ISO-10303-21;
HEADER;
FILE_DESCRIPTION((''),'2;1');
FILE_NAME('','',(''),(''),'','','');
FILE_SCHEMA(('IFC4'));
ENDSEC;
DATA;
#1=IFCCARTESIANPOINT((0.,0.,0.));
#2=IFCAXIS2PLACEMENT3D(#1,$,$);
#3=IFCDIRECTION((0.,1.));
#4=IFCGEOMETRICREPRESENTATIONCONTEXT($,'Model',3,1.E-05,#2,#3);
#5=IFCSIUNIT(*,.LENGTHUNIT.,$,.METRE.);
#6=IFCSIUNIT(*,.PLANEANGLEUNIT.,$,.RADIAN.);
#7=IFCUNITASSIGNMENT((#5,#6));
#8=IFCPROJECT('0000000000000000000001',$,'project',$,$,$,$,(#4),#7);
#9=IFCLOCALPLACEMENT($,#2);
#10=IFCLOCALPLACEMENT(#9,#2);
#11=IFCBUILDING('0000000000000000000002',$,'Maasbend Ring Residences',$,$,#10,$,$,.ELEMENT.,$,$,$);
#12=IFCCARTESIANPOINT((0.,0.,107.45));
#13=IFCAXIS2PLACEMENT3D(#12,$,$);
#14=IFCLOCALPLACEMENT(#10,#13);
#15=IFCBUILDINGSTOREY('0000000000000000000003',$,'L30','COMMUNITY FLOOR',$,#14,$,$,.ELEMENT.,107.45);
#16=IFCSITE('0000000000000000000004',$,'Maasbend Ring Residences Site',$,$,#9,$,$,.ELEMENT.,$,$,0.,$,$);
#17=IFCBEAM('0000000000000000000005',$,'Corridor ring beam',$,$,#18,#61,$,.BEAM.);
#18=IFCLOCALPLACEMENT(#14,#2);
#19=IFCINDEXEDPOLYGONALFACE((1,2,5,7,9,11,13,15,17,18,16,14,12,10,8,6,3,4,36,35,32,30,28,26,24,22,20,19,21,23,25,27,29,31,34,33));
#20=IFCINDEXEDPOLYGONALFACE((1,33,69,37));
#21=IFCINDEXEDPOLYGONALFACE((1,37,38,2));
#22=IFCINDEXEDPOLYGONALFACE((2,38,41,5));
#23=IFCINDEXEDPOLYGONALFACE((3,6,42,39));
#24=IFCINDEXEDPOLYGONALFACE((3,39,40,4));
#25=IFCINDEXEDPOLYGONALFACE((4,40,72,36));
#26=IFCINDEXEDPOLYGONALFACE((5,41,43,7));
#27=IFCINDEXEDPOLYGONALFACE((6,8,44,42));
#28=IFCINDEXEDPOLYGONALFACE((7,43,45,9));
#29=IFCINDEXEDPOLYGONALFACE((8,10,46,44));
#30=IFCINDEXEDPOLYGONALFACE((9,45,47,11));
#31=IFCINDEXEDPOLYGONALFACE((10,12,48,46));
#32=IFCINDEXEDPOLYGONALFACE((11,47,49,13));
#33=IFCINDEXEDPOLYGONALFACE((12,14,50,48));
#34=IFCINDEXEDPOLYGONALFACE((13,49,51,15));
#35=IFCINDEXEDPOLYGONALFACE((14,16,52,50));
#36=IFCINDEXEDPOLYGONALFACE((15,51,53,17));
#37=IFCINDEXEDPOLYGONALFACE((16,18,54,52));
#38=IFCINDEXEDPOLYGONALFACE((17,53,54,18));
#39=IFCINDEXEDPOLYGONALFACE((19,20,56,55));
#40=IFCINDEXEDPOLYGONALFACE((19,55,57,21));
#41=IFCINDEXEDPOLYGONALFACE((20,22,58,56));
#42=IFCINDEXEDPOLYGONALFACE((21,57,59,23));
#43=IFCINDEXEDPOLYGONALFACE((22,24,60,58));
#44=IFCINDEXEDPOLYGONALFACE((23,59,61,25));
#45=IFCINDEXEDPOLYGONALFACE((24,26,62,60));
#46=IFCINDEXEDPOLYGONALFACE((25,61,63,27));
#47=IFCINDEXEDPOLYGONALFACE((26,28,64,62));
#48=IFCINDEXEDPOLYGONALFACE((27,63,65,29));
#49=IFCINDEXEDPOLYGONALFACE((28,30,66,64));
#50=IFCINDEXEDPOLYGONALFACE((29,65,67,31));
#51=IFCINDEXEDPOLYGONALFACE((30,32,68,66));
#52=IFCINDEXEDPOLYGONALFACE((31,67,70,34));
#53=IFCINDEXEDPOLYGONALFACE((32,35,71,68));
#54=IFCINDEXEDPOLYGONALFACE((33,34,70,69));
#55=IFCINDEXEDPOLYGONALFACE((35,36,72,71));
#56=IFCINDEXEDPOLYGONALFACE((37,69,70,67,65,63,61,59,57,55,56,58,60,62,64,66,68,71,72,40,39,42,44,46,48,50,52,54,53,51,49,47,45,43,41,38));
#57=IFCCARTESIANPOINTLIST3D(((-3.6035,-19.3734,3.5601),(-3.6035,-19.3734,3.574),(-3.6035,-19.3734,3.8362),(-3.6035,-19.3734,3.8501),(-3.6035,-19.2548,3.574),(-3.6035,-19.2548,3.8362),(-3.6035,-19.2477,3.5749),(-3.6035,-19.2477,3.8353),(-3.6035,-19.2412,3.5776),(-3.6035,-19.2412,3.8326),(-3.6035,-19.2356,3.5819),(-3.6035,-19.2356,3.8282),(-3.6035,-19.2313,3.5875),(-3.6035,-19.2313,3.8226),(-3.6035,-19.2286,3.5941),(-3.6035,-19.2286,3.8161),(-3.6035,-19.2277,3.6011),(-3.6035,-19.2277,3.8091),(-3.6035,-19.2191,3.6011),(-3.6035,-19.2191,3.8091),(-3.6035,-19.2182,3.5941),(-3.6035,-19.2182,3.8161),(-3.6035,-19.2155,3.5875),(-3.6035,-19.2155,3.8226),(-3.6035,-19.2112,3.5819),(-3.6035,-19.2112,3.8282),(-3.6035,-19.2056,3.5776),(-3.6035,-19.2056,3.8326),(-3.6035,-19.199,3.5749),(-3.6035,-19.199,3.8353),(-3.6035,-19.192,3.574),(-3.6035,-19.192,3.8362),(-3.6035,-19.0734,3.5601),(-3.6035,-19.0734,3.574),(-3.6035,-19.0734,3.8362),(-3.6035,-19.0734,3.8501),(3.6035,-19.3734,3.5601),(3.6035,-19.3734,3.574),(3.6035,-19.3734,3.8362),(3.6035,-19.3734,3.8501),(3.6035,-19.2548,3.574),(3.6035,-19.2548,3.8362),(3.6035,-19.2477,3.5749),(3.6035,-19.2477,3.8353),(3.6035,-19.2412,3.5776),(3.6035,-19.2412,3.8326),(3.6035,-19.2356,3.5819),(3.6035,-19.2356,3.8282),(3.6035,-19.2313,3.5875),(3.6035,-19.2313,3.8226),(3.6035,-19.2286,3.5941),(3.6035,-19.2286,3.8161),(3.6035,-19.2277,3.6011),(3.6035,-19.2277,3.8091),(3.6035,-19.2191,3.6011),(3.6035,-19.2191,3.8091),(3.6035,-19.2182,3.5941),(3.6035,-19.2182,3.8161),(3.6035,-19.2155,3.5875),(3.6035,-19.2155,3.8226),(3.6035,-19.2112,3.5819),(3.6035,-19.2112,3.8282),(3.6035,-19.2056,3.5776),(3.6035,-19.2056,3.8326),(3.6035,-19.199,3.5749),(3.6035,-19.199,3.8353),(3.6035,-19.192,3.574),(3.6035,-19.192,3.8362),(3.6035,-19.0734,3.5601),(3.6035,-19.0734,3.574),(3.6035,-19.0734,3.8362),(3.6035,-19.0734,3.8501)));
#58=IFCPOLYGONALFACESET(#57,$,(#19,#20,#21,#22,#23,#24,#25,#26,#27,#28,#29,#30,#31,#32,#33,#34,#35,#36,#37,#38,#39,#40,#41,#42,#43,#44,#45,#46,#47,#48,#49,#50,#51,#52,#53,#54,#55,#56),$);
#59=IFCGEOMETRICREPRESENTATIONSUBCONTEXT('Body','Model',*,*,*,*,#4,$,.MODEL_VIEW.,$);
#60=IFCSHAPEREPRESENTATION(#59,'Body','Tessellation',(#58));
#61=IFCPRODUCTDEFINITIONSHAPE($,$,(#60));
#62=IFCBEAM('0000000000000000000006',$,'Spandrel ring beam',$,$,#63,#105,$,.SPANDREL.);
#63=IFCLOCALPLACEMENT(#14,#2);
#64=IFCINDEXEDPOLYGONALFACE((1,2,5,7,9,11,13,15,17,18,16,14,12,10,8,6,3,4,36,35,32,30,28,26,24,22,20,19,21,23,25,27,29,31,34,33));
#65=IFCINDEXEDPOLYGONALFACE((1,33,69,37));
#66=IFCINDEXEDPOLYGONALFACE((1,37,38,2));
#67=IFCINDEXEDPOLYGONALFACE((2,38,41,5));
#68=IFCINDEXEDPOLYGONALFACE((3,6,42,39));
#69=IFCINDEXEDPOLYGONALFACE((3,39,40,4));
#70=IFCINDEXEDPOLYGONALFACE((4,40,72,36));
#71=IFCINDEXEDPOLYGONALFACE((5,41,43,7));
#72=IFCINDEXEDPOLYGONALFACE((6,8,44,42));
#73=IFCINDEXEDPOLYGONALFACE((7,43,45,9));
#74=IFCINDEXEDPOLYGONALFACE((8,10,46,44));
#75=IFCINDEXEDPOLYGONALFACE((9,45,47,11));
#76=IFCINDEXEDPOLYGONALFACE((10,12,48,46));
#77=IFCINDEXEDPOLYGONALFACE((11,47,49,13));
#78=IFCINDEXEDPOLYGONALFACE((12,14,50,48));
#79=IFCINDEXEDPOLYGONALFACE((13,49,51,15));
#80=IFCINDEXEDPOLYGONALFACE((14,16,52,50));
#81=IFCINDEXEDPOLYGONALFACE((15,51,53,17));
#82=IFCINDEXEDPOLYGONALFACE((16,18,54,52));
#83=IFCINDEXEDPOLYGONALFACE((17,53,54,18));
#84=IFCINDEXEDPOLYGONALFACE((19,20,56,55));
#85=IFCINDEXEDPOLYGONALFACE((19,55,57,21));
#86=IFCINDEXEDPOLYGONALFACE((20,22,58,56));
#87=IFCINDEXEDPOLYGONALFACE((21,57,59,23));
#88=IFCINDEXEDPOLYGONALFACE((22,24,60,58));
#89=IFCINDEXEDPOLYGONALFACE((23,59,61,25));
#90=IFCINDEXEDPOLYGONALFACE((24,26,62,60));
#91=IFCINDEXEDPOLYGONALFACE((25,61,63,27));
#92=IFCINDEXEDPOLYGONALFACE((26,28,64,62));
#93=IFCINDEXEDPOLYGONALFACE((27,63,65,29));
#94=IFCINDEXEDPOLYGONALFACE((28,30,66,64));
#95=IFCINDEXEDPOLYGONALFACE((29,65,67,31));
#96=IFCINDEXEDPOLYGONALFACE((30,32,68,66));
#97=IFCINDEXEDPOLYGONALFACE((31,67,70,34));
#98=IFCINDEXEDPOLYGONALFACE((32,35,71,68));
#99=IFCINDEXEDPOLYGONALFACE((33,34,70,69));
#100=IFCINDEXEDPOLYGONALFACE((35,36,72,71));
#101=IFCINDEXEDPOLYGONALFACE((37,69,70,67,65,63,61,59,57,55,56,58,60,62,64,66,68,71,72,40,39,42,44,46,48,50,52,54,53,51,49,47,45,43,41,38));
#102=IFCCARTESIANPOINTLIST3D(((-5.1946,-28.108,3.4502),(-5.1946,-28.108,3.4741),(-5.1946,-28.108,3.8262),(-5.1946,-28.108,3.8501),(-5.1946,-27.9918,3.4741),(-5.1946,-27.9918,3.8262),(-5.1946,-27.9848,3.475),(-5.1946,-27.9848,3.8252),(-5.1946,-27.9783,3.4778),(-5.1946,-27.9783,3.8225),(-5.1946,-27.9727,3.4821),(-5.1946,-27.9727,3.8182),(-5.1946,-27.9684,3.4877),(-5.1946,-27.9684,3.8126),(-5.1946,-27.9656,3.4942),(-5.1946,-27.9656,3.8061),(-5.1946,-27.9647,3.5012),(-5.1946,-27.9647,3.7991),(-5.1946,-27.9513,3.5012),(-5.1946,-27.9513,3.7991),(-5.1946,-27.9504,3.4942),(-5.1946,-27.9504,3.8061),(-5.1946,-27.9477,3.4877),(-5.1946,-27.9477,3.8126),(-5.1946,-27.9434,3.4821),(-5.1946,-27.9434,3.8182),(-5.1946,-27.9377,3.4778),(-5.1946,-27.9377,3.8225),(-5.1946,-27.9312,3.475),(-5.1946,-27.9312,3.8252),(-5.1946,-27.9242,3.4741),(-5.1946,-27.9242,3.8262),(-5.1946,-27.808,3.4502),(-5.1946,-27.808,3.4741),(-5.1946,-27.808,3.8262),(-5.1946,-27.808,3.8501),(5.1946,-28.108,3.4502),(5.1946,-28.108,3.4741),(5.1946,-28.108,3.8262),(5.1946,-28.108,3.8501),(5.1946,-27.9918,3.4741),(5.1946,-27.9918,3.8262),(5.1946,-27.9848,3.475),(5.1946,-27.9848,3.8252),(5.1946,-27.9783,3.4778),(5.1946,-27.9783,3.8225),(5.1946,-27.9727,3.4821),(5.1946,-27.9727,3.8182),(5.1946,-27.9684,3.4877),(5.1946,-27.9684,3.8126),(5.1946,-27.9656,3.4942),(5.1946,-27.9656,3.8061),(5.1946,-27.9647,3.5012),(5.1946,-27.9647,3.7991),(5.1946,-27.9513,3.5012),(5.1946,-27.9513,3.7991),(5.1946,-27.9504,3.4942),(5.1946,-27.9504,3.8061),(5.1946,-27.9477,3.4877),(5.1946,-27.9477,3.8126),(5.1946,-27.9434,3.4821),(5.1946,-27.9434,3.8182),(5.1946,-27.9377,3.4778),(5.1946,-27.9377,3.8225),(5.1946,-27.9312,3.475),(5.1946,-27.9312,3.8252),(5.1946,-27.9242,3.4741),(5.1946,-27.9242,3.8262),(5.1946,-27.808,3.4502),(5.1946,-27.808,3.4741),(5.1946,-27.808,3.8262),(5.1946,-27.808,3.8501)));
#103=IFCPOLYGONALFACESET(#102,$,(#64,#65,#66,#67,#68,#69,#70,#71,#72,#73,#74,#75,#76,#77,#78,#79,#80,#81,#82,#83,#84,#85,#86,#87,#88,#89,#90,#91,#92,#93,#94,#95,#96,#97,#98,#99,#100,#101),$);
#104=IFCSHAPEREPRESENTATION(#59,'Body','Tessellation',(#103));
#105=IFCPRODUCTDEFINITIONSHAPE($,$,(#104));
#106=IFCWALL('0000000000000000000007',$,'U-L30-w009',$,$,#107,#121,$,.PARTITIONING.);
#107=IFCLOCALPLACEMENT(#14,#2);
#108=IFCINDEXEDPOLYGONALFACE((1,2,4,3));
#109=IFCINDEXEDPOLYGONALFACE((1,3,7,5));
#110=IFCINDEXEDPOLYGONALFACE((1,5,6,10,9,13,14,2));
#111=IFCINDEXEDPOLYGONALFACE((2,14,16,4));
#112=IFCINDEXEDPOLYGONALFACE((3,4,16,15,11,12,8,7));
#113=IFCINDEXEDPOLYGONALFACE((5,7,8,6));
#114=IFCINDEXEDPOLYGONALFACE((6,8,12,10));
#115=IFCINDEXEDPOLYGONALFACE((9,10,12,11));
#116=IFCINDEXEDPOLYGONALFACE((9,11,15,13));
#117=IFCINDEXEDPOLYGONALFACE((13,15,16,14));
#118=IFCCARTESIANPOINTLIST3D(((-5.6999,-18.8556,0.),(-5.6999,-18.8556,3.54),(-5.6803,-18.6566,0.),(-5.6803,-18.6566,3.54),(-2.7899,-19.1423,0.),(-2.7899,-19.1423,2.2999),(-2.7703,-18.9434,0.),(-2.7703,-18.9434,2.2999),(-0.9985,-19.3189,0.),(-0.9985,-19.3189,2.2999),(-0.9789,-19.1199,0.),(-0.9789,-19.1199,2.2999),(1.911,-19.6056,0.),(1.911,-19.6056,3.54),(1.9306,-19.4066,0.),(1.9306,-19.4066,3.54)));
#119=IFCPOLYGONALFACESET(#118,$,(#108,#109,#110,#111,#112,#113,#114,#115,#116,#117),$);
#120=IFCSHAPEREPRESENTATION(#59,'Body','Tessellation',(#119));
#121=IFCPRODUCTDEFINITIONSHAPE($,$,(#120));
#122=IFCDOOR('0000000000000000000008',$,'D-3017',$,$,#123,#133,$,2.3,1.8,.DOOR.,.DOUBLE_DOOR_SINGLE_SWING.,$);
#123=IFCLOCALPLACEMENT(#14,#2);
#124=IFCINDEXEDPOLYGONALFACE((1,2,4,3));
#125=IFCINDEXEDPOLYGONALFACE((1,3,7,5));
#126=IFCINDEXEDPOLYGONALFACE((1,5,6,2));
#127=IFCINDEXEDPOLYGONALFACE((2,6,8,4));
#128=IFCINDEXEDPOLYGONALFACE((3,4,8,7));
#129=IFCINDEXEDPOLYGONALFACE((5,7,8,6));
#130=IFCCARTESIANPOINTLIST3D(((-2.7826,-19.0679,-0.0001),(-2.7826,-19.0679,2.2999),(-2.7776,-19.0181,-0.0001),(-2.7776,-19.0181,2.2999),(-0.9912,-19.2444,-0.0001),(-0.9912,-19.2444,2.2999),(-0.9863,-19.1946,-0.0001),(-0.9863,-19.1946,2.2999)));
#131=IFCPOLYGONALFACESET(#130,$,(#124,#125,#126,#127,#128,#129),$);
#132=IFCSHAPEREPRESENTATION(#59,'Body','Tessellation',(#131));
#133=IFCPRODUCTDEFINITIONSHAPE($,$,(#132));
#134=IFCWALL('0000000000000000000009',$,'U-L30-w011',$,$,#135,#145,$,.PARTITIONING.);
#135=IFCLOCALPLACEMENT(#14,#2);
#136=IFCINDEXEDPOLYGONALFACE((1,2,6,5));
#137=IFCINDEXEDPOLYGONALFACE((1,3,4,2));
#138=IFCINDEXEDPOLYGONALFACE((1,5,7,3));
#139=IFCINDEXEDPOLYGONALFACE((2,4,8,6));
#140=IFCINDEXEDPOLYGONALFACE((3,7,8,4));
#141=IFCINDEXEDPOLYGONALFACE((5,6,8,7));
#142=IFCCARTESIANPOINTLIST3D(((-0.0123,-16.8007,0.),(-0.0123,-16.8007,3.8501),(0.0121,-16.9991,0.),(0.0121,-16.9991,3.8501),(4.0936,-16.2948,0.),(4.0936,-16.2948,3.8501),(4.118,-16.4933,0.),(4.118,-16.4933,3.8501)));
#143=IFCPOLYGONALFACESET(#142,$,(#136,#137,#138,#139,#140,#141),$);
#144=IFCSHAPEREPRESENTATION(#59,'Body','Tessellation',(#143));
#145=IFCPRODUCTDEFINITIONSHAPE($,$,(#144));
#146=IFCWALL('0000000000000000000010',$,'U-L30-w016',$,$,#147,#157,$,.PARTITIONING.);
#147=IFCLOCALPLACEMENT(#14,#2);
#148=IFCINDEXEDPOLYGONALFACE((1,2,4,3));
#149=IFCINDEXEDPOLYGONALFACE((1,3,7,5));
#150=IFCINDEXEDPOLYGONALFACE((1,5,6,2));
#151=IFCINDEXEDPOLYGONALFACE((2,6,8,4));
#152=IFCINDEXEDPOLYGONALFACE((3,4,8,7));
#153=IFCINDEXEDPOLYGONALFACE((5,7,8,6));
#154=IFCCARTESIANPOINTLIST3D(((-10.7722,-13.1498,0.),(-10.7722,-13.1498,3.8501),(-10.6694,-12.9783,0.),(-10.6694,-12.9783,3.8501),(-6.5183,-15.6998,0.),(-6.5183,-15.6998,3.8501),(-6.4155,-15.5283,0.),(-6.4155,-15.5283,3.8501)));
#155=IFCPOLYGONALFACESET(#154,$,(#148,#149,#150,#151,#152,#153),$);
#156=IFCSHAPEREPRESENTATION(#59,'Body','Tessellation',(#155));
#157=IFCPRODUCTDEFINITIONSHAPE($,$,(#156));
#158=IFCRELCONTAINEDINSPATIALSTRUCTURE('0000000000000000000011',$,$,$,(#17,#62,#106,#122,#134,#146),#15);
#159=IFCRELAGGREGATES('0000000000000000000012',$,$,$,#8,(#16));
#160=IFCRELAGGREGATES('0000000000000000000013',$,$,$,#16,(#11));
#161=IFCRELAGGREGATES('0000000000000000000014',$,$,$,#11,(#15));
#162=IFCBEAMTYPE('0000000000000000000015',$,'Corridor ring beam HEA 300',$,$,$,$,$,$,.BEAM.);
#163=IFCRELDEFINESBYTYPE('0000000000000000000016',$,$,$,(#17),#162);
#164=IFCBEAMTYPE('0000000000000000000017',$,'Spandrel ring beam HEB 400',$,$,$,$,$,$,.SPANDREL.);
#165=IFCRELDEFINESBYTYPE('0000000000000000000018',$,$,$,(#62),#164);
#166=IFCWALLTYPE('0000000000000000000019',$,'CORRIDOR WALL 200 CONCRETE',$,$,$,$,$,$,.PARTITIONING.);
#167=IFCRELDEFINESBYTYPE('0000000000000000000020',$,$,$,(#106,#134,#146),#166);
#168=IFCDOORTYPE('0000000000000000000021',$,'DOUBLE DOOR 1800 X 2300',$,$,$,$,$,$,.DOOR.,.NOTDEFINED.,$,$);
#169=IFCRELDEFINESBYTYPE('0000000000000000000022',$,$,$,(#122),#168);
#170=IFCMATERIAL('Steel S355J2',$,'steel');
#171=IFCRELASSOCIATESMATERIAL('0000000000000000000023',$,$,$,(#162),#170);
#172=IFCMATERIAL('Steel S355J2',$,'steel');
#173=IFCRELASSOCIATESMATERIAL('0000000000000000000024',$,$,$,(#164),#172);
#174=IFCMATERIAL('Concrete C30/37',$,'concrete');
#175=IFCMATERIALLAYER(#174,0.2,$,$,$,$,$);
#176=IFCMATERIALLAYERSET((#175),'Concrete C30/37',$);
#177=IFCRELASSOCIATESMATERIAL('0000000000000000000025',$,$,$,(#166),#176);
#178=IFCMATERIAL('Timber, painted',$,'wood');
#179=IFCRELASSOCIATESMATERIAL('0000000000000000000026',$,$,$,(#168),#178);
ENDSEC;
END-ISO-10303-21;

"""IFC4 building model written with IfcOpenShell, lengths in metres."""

from ifc_helpers import new_model, si_unit, direction, frame, frame_2d, origin, origin_2d, place, context, subcontext, project, spatial, rectangle, i_section, extrude, material, layer, layer_set, material_profile, profile_set, type_object, element, fill, save


model = new_model("IFC4")

# Units and contexts
model_context = context("Model", 3, precision=1e-05, world=origin(), true_north=direction((0.0, 1.0)))
body_context = subcontext(model_context, "Body", "Model", "MODEL_VIEW")
ifc_project = project(units=[si_unit("LENGTHUNIT", "METRE"), si_unit("PLANEANGLEUNIT", "RADIAN")], contexts=[model_context])

# Site, building, storey
site_placement = place(None, origin())
site = spatial("IfcSite", under=ifc_project, at=site_placement, Name="Maasbend Ring Residences Site", CompositionType="ELEMENT", RefElevation=0.0)
building_placement = place(site_placement, origin())
building = spatial("IfcBuilding", under=site, at=building_placement, Name="Maasbend Ring Residences", CompositionType="ELEMENT")
storey_placement = place(building_placement, frame((0.0, 0.0, 107.45)))
storey = spatial("IfcBuildingStorey", under=building, at=storey_placement, Name="L30", Description="COMMUNITY FLOOR", CompositionType="ELEMENT", Elevation=107.45)

# Beams
ifc_material_1 = material(Name="Steel S355J2", Category="steel")
ifc_material_profile_1 = material_profile(ifc_material_1, i_section(OverallWidth=0.3, OverallDepth=0.29, WebThickness=0.0085, FlangeThickness=0.0139, FilletRadius=0.0271, at=origin_2d()), Name="HEA 300")
ifc_profile_set_1 = profile_set([ifc_material_profile_1], Name="Steel S355J2")
beam_type_1 = type_object("IfcBeamType", Name="Corridor ring beam HEA 300", PredefinedType="BEAM", material=ifc_profile_set_1)
for number, where, z_axis, x_axis, name in (
    (1, (-3.6035, -19.2234, 3.7051), (1.0, 0.0, 0.0), (0.0, 1.0, 0.0), "Corridor ring beam"),
):
    element("IfcBeam", number, at=place(storey_placement, frame(where, z_axis=z_axis, x_axis=x_axis)), inside=storey, type_object=beam_type_1, Name=name, PredefinedType="BEAM", context=body_context, shape_type="SweptSolid", body=[
        extrude(i_section(OverallWidth=0.3, OverallDepth=0.29, WebThickness=0.0085, FlangeThickness=0.0139, FilletRadius=0.0271, at=origin_2d()), origin(), (0.0, 0.0, 1.0), 7.207),
    ])
ifc_material_2 = material(Name="Steel S355J2", Category="steel")
ifc_material_profile_2 = material_profile(ifc_material_2, i_section(OverallWidth=0.3, OverallDepth=0.3999, WebThickness=0.0134, FlangeThickness=0.0239, FilletRadius=0.0271, at=origin_2d()), Name="HEB 400")
ifc_profile_set_2 = profile_set([ifc_material_profile_2], Name="Steel S355J2")
beam_type_2 = type_object("IfcBeamType", Name="Spandrel ring beam HEB 400", PredefinedType="SPANDREL", material=ifc_profile_set_2)
beam_placement = place(storey_placement, frame((-5.1946, -27.958, 3.6501), z_axis=(1.0, 0.0, 0.0), x_axis=(0.0, 1.0, 0.0)))
element("IfcBeam", 2, at=beam_placement, inside=storey, type_object=beam_type_2, Name="Spandrel ring beam", PredefinedType="SPANDREL", context=body_context, shape_type="SweptSolid", body=[
    extrude(i_section(OverallWidth=0.3, OverallDepth=0.3999, WebThickness=0.0134, FlangeThickness=0.0239, FilletRadius=0.0271, at=origin_2d()), origin(), (0.0, 0.0, 1.0), 10.3892),
])

# Wall, opening, door
ifc_material_3 = material(Name="Concrete C30/37", Category="concrete")
ifc_layer_1 = layer(ifc_material_3, 0.2)
ifc_layer_set_1 = layer_set([ifc_layer_1], Name="Concrete C30/37")
wall_type_1 = type_object("IfcWallType", Name="CORRIDOR WALL 200 CONCRETE", PredefinedType="PARTITIONING", material=ifc_layer_set_1)
wall_1_placement = place(storey_placement, frame((-5.6899, -18.7561, 0.0), z_axis=(0.0, 0.0, 1.0), x_axis=(0.99518, -0.098069, 0.0)))
wall_1 = element("IfcWall", 3, at=wall_1_placement, inside=storey, type_object=wall_type_1, Name="U-L30-w009", PredefinedType="PARTITIONING", context=body_context, shape_type="SweptSolid", body=[
    extrude(rectangle(XDim=7.6477, YDim=0.2, at=frame_2d((3.8237, 0.0))), origin(), (0.0, 0.0, 1.0), 3.54),
])
opening_1_placement = place(wall_1_placement, frame((2.9241, 0.0, 0.0)))
opening_1 = element("IfcOpeningElement", 4, at=opening_1_placement, cuts=wall_1, PredefinedType="OPENING", context=body_context, shape_type="SweptSolid", body=[
    extrude(rectangle(XDim=1.8, YDim=2.3, at=frame_2d((0.8999, 1.1499))), frame((0.0, 0.1099, 0.0), z_axis=(0.0, -1.0, 0.0), x_axis=(1.0, 0.0, 0.0)), (0.0, 0.0, 1.0), 0.22),
])
ifc_material_4 = material(Name="Timber, painted", Category="wood")
door_type_1 = type_object("IfcDoorType", Name="DOUBLE DOOR 1800 X 2300", OperationType="NOTDEFINED", PredefinedType="DOOR", material=ifc_material_4)
door_1_placement = place(opening_1_placement, origin())
door_1 = element("IfcDoor", 5, at=door_1_placement, inside=storey, type_object=door_type_1, Name="D-3017", OperationType="DOUBLE_DOOR_SINGLE_SWING", OverallHeight=2.3, OverallWidth=1.8, PredefinedType="DOOR", context=body_context, shape_type="SweptSolid", body=[
    extrude(rectangle(XDim=1.8, YDim=2.3, at=frame_2d((0.8999, 1.1499))), frame((0.0, 0.0249, 0.0), z_axis=(0.0, -1.0, 0.0), x_axis=(1.0, 0.0, 0.0)), (0.0, 0.0, 1.0), 0.05),
])
fill(opening_1, door_1)

# Walls
wall_2_placement = place(storey_placement, frame((0.0, -16.8999, 0.0), z_axis=(0.0, 0.0, 1.0), x_axis=(0.992496, 0.122277, 0.0)))
element("IfcWall", 6, at=wall_2_placement, inside=storey, type_object=wall_type_1, Name="U-L30-w011", PredefinedType="PARTITIONING", context=body_context, shape_type="SweptSolid", body=[
    extrude(rectangle(XDim=4.137, YDim=0.2, at=frame_2d((2.0684, 0.0))), origin(), (0.0, 0.0, 1.0), 3.8501),
])
wall_3_placement = place(storey_placement, frame((-10.7209, -13.064, 0.0), z_axis=(0.0, 0.0, 1.0), x_axis=(0.857697, -0.514155, 0.0)))
element("IfcWall", 7, at=wall_3_placement, inside=storey, type_object=wall_type_1, Name="U-L30-w016", PredefinedType="PARTITIONING", context=body_context, shape_type="SweptSolid", body=[
    extrude(rectangle(XDim=4.9597, YDim=0.2, at=frame_2d((2.48, 0.0))), origin(), (0.0, 0.0, 1.0), 3.8501),
])

save(model, "model.ifc")
